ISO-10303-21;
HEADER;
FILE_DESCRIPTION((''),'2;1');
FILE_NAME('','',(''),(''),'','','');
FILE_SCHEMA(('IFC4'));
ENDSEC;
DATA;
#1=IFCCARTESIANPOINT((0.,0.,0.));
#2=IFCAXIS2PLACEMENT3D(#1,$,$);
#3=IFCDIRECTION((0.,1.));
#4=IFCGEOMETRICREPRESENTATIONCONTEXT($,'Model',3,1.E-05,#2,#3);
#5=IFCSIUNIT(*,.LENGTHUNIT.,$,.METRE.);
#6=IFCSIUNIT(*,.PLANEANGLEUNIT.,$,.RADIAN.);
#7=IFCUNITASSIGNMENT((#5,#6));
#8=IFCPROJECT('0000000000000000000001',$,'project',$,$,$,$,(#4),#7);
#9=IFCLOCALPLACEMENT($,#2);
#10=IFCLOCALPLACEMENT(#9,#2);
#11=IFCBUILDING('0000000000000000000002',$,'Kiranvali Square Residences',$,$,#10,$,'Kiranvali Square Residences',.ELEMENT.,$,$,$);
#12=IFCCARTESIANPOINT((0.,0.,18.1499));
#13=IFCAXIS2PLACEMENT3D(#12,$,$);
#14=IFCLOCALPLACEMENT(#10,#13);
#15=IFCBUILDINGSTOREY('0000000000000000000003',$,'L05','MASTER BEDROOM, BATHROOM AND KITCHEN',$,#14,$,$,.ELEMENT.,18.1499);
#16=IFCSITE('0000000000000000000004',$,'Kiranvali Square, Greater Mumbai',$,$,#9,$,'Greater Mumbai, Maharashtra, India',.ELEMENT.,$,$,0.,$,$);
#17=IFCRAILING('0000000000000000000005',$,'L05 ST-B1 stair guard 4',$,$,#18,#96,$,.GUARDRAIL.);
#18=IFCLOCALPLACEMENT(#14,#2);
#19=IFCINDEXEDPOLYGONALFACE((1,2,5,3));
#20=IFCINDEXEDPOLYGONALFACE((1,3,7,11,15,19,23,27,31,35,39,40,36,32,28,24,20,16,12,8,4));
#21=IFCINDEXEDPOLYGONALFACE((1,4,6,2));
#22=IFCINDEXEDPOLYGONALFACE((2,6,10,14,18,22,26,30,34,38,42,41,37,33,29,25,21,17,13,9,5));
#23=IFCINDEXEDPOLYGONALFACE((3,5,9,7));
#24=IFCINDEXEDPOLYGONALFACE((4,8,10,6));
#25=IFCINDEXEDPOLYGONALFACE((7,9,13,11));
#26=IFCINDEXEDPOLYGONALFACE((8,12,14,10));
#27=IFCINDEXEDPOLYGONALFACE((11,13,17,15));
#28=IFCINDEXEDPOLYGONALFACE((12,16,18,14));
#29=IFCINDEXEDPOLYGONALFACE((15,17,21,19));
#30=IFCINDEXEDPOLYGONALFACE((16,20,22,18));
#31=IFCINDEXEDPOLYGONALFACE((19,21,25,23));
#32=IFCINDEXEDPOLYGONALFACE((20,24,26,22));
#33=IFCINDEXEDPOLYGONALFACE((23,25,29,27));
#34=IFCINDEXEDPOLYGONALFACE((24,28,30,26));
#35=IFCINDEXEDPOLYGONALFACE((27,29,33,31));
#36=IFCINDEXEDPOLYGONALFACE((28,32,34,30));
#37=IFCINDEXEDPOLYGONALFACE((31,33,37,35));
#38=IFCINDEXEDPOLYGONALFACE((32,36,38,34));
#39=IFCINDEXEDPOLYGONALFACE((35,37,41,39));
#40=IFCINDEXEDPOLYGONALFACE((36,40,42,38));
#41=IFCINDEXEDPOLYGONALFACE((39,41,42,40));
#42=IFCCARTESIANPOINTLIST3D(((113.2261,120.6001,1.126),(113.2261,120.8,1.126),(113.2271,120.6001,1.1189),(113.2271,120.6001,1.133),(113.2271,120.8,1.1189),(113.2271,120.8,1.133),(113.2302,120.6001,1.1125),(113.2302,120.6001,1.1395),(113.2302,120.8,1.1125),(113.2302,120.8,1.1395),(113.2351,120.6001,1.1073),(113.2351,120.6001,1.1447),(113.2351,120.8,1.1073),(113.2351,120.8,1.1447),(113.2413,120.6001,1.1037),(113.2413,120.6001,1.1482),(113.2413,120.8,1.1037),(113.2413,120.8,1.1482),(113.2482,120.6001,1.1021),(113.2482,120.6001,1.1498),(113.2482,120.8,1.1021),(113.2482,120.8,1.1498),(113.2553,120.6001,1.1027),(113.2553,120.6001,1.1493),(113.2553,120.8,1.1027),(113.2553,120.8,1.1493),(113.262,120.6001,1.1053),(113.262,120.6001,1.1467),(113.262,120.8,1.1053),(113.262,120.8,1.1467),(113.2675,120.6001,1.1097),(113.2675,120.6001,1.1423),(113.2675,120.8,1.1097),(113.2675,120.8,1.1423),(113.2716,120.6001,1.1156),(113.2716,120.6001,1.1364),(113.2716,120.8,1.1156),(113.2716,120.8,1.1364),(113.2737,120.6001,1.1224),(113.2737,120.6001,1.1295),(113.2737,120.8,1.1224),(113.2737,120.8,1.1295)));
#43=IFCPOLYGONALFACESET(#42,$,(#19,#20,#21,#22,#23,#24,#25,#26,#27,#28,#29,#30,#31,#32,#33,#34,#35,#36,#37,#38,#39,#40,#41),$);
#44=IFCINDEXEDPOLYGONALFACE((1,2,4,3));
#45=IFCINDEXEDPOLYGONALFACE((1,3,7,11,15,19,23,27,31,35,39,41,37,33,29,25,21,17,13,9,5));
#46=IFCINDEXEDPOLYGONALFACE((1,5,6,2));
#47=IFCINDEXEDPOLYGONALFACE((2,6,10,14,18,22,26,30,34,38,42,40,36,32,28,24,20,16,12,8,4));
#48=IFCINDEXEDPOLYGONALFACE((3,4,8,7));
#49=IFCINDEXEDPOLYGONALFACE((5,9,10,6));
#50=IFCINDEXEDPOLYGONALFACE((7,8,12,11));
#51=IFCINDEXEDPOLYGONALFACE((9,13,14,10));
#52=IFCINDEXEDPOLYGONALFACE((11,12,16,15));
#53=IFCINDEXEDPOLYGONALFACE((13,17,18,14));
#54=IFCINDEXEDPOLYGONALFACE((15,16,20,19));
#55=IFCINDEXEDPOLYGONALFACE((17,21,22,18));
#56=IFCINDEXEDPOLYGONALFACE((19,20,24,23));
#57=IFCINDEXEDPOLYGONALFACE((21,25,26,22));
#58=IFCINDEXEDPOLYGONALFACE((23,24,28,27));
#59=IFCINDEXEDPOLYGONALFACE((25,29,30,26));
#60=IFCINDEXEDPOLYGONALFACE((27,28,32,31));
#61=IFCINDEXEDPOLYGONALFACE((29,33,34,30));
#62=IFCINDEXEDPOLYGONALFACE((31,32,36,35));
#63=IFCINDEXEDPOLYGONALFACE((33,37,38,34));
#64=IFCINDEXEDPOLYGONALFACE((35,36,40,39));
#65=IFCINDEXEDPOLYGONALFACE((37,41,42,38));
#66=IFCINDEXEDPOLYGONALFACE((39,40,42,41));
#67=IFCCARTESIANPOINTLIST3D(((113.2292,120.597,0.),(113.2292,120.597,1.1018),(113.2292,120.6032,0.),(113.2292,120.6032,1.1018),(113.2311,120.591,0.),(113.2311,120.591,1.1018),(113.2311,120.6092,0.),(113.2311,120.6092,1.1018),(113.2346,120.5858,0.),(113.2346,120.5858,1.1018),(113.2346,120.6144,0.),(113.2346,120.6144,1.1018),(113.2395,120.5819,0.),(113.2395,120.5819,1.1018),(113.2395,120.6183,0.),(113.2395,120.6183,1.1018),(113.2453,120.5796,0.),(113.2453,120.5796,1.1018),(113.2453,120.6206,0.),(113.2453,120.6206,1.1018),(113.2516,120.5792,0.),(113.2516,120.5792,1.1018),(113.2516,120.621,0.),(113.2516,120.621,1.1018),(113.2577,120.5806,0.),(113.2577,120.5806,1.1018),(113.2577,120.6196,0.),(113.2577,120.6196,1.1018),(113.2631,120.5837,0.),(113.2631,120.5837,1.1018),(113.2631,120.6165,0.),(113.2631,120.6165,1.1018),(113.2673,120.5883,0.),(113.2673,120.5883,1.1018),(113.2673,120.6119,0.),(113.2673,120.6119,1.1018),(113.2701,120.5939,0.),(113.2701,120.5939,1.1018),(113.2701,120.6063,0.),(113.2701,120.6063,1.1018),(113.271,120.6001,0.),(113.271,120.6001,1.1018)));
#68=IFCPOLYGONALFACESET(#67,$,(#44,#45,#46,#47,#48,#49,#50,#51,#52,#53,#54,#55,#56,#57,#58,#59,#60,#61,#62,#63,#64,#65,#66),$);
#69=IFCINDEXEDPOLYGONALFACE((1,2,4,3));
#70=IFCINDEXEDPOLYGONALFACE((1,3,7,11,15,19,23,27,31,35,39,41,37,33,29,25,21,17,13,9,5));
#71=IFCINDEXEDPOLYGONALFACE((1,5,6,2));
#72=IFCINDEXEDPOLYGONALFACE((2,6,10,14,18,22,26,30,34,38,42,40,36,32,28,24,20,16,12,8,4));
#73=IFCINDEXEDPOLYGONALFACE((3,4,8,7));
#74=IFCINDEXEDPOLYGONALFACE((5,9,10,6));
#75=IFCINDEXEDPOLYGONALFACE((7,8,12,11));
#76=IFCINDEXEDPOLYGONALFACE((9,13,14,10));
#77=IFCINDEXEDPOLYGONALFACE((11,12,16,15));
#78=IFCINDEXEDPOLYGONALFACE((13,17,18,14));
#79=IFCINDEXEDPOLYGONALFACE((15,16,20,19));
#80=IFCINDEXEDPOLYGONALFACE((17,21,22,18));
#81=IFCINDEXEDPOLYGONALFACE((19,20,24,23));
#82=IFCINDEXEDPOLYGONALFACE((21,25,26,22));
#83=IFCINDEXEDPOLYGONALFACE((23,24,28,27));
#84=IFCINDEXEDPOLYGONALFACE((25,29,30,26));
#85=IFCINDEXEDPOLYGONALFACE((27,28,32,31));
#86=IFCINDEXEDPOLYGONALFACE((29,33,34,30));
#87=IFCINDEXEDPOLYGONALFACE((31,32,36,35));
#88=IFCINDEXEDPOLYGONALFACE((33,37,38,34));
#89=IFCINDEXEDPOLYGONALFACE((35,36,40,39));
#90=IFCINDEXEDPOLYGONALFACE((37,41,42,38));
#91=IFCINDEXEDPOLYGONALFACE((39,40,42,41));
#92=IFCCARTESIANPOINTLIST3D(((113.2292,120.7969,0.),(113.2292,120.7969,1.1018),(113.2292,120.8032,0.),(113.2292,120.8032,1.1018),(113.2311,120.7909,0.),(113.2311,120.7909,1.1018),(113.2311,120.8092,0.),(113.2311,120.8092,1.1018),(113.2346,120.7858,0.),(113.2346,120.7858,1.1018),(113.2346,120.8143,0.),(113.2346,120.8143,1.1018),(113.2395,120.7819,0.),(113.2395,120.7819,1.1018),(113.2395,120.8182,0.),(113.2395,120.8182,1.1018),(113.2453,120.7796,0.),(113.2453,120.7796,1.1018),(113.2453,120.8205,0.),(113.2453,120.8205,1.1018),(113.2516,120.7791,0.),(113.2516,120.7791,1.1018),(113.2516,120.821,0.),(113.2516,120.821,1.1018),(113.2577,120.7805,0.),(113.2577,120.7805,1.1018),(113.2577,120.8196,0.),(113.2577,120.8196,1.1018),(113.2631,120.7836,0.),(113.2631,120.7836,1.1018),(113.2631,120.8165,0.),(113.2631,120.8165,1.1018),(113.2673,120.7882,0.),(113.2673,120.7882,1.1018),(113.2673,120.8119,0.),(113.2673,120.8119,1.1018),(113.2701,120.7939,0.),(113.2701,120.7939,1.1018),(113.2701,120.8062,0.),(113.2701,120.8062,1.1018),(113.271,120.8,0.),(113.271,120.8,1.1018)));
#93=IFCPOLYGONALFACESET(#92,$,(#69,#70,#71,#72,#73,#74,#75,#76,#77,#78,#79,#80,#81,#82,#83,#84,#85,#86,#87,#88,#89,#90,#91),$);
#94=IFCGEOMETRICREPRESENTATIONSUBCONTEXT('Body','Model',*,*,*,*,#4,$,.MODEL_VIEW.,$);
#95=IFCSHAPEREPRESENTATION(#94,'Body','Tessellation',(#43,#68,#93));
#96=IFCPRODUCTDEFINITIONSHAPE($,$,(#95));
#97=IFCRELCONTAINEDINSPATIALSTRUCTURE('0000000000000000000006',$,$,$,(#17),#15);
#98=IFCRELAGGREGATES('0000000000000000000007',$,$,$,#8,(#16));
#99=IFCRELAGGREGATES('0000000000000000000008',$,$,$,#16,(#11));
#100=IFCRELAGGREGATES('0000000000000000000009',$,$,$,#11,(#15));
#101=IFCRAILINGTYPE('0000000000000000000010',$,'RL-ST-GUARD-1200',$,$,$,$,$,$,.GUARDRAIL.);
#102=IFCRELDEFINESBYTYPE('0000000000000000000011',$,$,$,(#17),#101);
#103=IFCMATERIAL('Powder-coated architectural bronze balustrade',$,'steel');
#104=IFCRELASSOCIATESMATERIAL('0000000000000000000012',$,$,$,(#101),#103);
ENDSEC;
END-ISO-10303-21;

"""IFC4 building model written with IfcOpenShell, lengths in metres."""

from ifc_helpers import new_model, si_unit, direction, frame, origin, origin_2d, place, context, subcontext, project, spatial, circle, extrude, material, type_object, element, save


model = new_model("IFC4")

# Units and contexts
model_context = context("Model", 3, precision=1e-05, world=origin(), true_north=direction((0.0, 1.0)))
body_context = subcontext(model_context, "Body", "Model", "MODEL_VIEW")
ifc_project = project(units=[si_unit("LENGTHUNIT", "METRE"), si_unit("PLANEANGLEUNIT", "RADIAN")], contexts=[model_context])

# Site, building, storey
site_placement = place(None, origin())
site = spatial("IfcSite", under=ifc_project, at=site_placement, Name="Kiranvali Square, Greater Mumbai", LongName="Greater Mumbai, Maharashtra, India", CompositionType="ELEMENT", RefElevation=0.0)
building_placement = place(site_placement, origin())
building = spatial("IfcBuilding", under=site, at=building_placement, Name="Kiranvali Square Residences", LongName="Kiranvali Square Residences", CompositionType="ELEMENT")
storey_placement = place(building_placement, frame((0.0, 0.0, 18.1499)))
storey = spatial("IfcBuildingStorey", under=building, at=storey_placement, Name="L05", Description="MASTER BEDROOM, BATHROOM AND KITCHEN", CompositionType="ELEMENT", Elevation=18.1499)

# Railing
ifc_material_1 = material(Name="Powder-coated architectural bronze balustrade", Category="steel")
railing_type_1 = type_object("IfcRailingType", Name="RL-ST-GUARD-1200", PredefinedType="GUARDRAIL", material=ifc_material_1)
railing_1_placement = place(storey_placement, frame((113.25, 120.6001, 0.0)))
element("IfcRailing", 1, at=railing_1_placement, inside=storey, type_object=railing_type_1, Name="L05 ST-B1 stair guard 4", PredefinedType="GUARDRAIL", context=body_context, shape_type="SweptSolid", body=[
    extrude(circle(Radius=0.0239, at=origin_2d()), frame((0.0, 0.0, 1.126), z_axis=(0.0, 1.0, 0.0), x_axis=(-1.0, 0.0, 0.0)), (0.0, 0.0, 1.0), 0.2),
    extrude(circle(Radius=0.021, at=origin_2d()), origin(), (0.0, 0.0, 1.0), 1.1018),
    extrude(circle(Radius=0.021, at=origin_2d()), frame((0.0, 0.2, 0.0)), (0.0, 0.0, 1.0), 1.1018),
])

save(model, "model.ifc")
